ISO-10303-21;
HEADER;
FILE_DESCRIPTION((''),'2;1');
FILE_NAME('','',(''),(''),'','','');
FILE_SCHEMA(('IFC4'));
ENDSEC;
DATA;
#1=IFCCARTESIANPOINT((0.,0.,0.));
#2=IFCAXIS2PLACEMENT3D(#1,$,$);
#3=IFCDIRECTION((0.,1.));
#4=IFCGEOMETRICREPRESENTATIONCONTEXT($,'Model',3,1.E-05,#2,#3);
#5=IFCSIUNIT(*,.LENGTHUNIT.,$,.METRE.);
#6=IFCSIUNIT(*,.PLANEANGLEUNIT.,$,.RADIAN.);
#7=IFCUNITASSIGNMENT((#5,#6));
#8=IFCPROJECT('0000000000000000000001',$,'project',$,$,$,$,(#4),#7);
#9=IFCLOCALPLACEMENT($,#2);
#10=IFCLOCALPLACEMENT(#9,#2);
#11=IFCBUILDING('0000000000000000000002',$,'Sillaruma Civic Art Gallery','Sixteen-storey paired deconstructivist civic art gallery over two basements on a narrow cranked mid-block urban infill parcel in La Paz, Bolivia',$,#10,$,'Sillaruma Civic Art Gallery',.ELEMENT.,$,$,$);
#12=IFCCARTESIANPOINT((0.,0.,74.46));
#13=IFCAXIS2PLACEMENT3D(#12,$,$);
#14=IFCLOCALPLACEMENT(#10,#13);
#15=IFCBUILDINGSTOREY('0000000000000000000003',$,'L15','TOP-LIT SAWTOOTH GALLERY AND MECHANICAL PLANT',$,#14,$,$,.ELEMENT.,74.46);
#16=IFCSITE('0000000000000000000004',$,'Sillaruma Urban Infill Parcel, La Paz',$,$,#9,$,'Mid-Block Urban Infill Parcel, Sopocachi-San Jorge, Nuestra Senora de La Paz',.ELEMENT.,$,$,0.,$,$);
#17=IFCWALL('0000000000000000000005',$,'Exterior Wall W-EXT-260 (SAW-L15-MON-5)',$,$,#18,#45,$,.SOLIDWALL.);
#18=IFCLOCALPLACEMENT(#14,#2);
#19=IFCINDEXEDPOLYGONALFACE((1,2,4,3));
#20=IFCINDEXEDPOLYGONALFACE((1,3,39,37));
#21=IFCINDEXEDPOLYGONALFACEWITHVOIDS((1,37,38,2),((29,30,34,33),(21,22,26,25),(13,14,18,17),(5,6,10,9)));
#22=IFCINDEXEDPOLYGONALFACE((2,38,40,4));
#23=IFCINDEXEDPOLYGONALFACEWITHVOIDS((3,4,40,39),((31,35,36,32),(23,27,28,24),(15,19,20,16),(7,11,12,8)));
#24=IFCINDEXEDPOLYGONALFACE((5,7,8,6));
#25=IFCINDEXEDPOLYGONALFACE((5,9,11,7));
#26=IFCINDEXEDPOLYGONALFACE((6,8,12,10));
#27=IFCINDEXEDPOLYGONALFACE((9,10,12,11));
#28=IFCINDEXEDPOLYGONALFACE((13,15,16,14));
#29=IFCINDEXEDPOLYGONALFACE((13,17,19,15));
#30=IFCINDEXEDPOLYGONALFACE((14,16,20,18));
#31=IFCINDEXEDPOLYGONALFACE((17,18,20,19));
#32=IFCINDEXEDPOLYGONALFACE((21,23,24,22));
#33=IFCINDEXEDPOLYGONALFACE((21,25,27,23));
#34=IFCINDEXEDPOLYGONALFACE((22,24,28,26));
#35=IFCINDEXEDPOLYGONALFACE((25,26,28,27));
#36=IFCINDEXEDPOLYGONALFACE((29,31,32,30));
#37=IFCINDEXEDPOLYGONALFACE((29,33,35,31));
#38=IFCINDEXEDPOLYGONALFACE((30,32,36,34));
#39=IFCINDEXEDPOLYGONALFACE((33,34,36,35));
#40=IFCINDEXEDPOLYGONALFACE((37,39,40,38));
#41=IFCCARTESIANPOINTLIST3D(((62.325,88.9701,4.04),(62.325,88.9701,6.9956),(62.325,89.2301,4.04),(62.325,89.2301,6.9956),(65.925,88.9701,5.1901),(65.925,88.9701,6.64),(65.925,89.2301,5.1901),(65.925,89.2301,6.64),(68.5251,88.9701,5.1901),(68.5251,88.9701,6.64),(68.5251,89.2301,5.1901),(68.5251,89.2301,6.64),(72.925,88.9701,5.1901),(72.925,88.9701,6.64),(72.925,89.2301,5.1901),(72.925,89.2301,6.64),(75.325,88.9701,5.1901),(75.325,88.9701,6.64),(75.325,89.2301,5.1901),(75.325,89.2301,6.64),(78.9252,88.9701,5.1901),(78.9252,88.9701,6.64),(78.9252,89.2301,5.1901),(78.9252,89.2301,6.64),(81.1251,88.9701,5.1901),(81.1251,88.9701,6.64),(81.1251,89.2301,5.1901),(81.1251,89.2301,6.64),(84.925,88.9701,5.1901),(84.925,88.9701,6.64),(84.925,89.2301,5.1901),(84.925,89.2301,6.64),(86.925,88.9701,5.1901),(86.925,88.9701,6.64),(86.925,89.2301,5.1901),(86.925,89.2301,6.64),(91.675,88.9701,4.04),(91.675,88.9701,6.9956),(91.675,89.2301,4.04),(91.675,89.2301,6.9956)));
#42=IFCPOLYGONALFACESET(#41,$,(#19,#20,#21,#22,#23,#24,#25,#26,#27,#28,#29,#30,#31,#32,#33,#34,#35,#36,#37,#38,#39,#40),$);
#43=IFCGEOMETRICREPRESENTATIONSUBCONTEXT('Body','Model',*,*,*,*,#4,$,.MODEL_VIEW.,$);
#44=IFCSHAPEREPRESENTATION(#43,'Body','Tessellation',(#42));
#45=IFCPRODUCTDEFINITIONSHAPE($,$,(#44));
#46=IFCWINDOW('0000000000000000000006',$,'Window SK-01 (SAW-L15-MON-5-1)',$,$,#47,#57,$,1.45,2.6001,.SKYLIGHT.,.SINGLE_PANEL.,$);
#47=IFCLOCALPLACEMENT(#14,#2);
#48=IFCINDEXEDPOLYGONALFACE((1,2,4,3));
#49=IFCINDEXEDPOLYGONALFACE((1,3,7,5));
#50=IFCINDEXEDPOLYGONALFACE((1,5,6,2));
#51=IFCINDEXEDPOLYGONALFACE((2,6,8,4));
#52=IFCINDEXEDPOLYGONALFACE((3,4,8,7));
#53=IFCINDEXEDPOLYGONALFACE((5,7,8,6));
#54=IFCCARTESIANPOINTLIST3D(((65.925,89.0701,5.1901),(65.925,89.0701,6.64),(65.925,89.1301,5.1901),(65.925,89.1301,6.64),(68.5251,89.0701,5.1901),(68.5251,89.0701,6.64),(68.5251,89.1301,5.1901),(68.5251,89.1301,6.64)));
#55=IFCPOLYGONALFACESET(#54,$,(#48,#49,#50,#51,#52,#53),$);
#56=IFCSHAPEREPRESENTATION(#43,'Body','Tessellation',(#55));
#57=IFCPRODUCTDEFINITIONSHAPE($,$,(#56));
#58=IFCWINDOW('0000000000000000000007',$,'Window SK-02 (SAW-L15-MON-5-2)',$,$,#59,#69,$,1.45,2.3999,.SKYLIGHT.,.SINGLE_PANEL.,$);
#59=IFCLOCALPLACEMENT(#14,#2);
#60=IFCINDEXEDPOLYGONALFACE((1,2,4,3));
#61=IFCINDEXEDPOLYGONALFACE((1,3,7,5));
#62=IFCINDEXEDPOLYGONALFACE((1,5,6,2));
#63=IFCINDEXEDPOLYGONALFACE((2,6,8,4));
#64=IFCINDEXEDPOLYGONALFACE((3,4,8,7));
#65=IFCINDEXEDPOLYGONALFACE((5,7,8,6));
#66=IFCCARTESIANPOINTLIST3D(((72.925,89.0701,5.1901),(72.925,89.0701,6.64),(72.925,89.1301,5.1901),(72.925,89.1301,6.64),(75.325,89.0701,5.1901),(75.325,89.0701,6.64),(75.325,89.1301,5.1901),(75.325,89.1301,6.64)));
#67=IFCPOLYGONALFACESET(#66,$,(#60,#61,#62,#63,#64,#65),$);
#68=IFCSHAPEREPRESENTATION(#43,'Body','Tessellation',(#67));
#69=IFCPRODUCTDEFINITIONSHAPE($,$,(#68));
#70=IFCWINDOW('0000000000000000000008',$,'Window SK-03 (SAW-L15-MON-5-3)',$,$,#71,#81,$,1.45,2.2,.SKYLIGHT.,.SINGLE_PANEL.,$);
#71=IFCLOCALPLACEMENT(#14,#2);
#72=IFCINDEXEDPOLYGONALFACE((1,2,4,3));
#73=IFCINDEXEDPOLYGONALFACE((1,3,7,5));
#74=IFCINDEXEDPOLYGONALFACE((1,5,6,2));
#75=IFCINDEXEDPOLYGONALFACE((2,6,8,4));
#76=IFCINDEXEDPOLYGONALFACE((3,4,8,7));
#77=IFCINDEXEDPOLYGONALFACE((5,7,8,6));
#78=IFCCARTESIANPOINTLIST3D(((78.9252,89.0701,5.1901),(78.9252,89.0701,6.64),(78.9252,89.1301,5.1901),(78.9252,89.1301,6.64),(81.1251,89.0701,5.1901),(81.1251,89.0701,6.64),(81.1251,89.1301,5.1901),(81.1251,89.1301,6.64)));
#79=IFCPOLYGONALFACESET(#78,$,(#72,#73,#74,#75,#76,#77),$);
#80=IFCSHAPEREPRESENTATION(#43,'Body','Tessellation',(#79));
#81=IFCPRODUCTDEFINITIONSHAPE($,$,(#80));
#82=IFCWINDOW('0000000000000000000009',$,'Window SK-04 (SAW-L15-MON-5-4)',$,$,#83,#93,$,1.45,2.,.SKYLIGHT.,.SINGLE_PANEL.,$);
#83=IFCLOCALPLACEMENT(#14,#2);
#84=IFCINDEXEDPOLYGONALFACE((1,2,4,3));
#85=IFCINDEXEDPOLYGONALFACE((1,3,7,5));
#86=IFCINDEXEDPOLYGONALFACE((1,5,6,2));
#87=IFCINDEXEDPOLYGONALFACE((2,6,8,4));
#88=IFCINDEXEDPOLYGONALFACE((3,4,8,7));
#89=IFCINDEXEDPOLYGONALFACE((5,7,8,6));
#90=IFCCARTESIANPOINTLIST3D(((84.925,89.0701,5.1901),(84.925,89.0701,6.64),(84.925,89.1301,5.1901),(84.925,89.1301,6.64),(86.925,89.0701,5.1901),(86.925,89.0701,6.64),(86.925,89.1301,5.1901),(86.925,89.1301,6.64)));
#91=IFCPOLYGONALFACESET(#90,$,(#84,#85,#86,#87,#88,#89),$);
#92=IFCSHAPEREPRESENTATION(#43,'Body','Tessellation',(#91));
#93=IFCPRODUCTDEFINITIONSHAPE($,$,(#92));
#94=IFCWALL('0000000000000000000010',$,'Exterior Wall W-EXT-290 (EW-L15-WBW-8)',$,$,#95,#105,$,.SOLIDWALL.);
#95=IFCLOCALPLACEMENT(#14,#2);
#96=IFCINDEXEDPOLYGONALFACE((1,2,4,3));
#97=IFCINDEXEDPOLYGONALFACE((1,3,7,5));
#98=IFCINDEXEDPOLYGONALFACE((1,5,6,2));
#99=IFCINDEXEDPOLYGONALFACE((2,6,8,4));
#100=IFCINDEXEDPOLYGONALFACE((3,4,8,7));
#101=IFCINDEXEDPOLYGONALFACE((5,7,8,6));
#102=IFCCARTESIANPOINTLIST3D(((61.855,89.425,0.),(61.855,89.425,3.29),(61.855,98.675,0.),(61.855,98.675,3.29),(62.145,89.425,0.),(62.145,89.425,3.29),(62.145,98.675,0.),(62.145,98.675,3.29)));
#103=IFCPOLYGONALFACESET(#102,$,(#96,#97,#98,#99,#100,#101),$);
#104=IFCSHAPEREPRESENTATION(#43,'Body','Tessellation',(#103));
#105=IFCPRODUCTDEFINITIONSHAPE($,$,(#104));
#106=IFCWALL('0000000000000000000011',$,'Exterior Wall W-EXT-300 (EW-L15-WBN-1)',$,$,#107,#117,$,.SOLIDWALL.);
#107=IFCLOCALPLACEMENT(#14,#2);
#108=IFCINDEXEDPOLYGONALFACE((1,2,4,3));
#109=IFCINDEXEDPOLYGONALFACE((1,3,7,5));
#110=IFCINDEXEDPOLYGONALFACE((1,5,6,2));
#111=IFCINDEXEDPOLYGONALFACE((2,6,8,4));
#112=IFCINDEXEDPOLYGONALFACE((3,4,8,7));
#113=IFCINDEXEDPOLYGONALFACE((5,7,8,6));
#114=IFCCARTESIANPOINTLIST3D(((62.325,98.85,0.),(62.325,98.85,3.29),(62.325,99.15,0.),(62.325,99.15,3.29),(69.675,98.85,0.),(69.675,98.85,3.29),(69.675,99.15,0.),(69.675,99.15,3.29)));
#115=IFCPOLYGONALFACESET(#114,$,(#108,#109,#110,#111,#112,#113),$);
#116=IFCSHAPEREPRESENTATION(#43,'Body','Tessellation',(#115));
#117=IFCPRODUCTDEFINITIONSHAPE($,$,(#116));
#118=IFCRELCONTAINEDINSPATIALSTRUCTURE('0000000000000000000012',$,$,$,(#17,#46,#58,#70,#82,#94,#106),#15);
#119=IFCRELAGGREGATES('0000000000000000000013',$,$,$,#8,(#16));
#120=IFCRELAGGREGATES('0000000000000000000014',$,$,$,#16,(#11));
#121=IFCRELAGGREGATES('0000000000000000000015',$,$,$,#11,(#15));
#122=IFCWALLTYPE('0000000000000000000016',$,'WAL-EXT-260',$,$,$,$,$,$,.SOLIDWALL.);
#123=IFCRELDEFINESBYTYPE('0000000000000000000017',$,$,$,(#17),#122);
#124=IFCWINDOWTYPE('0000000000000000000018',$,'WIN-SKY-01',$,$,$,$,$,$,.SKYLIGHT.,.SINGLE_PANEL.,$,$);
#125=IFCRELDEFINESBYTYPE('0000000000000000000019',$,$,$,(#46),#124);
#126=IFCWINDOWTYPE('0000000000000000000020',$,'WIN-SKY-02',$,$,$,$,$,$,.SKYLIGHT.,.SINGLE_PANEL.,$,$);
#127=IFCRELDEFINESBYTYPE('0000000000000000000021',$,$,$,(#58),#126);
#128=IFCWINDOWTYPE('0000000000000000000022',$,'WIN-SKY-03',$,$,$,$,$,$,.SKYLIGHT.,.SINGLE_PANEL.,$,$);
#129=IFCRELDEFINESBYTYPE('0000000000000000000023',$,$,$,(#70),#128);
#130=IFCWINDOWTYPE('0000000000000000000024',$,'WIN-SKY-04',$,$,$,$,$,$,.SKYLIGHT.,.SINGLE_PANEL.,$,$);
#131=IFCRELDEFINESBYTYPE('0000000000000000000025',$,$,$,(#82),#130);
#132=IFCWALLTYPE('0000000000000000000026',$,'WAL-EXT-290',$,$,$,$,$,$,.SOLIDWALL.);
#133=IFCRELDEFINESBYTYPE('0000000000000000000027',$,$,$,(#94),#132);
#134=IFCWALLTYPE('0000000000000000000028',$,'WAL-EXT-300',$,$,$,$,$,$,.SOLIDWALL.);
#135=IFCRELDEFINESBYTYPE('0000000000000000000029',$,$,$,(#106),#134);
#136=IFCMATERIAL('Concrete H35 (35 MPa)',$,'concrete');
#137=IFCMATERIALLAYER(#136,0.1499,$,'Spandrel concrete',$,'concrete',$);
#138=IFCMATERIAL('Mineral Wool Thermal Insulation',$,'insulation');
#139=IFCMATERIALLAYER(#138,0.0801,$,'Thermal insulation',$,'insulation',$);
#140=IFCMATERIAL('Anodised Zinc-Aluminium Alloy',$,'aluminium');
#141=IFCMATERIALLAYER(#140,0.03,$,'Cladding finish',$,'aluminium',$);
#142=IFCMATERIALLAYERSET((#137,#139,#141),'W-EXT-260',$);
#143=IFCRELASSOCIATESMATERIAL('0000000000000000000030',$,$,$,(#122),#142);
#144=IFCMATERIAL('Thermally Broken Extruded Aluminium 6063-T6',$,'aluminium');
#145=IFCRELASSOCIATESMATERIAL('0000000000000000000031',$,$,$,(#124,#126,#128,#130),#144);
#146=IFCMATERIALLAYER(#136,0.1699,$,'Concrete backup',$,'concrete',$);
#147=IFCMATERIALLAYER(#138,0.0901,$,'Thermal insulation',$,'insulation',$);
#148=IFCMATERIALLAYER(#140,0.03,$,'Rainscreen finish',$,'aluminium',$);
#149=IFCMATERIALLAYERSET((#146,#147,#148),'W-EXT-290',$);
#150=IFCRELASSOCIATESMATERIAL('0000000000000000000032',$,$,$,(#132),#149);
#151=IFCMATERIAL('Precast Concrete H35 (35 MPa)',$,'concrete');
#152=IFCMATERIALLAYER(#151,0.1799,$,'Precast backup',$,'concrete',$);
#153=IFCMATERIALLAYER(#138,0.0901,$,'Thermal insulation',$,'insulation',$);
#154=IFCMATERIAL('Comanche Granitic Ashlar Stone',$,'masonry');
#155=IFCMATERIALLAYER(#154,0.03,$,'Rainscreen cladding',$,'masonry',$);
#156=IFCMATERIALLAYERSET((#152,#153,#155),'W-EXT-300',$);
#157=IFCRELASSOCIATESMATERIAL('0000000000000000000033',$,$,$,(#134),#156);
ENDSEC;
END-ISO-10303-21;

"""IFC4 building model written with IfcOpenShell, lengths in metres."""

from ifc_helpers import new_model, si_unit, direction, frame, frame_2d, origin, place, context, subcontext, project, spatial, rectangle, extrude, material, layer, layer_set, type_object, element, fill, save


model = new_model("IFC4")

# Units and contexts
model_context = context("Model", 3, precision=1e-05, world=origin(), true_north=direction((0.0, 1.0)))
body_context = subcontext(model_context, "Body", "Model", "MODEL_VIEW")
ifc_project = project(units=[si_unit("LENGTHUNIT", "METRE"), si_unit("PLANEANGLEUNIT", "RADIAN")], contexts=[model_context])

# Site, building, storey
site_placement = place(None, origin())
site = spatial("IfcSite", under=ifc_project, at=site_placement, Name="Sillaruma Urban Infill Parcel, La Paz", LongName="Mid-Block Urban Infill Parcel, Sopocachi-San Jorge, Nuestra Senora de La Paz", CompositionType="ELEMENT", RefElevation=0.0)
building_placement = place(site_placement, origin())
building = spatial("IfcBuilding", under=site, at=building_placement, Name="Sillaruma Civic Art Gallery", Description="Sixteen-storey paired deconstructivist civic art gallery over two basements on a narrow cranked mid-block urban infill parcel in La Paz, Bolivia", LongName="Sillaruma Civic Art Gallery", CompositionType="ELEMENT")
storey_placement = place(building_placement, frame((0.0, 0.0, 74.46)))
storey = spatial("IfcBuildingStorey", under=building, at=storey_placement, Name="L15", Description="TOP-LIT SAWTOOTH GALLERY AND MECHANICAL PLANT", CompositionType="ELEMENT", Elevation=74.46)

# Shared definitions
ifc_material_1 = material(Name="Concrete H35 (35 MPa)", Category="concrete")

# Shared definitions
ifc_layer_1 = layer(ifc_material_1, 0.1499, Name="Spandrel concrete", Category="concrete")
ifc_material_2 = material(Name="Mineral Wool Thermal Insulation", Category="insulation")
ifc_layer_2 = layer(ifc_material_2, 0.0801, Name="Thermal insulation", Category="insulation")
ifc_material_3 = material(Name="Anodised Zinc-Aluminium Alloy", Category="aluminium")
ifc_layer_3 = layer(ifc_material_3, 0.03, Name="Cladding finish", Category="aluminium")
ifc_layer_set_1 = layer_set([ifc_layer_1, ifc_layer_2, ifc_layer_3], Name="W-EXT-260")
wall_type_1 = type_object("IfcWallType", Name="WAL-EXT-260", PredefinedType="SOLIDWALL", material=ifc_layer_set_1)

# Wall, openings, windows
wall_1_placement = place(storey_placement, frame((62.325, 89.1001, 4.04), z_axis=(0.0, 0.0, 1.0), x_axis=(1.0, 0.0, 0.0)))
wall_1 = element("IfcWall", 1, at=wall_1_placement, inside=storey, type_object=wall_type_1, Name="Exterior Wall W-EXT-260 (SAW-L15-MON-5)", PredefinedType="SOLIDWALL", context=body_context, shape_type="SweptSolid", body=[
    extrude(rectangle(XDim=29.3501, YDim=0.26, at=frame_2d((14.675, 0.0))), origin(), (0.0, 0.0, 1.0), 2.9556),
])
opening_1_placement = place(wall_1_placement, frame((3.6001, 0.0, 1.1499)))
opening_1 = element("IfcOpeningElement", 2, at=opening_1_placement, cuts=wall_1, PredefinedType="OPENING", context=body_context, shape_type="SweptSolid", body=[
    extrude(rectangle(XDim=2.6001, YDim=1.45, at=frame_2d((1.3, 0.7251))), frame((0.0, 0.1399, 0.0), z_axis=(0.0, -1.0, 0.0), x_axis=(1.0, 0.0, 0.0)), (0.0, 0.0, 1.0), 0.28),
])
opening_2_placement = place(wall_1_placement, frame((10.6001, 0.0, 1.1499)))
opening_2 = element("IfcOpeningElement", 3, at=opening_2_placement, cuts=wall_1, PredefinedType="OPENING", context=body_context, shape_type="SweptSolid", body=[
    extrude(rectangle(XDim=2.3999, YDim=1.45, at=frame_2d((1.2, 0.7251))), frame((0.0, 0.1399, 0.0), z_axis=(0.0, -1.0, 0.0), x_axis=(1.0, 0.0, 0.0)), (0.0, 0.0, 1.0), 0.28),
])
opening_3_placement = place(wall_1_placement, frame((16.6001, 0.0, 1.1499)))
opening_3 = element("IfcOpeningElement", 4, at=opening_3_placement, cuts=wall_1, PredefinedType="OPENING", context=body_context, shape_type="SweptSolid", body=[
    extrude(rectangle(XDim=2.2, YDim=1.45, at=frame_2d((1.1001, 0.7251))), frame((0.0, 0.1399, 0.0), z_axis=(0.0, -1.0, 0.0), x_axis=(1.0, 0.0, 0.0)), (0.0, 0.0, 1.0), 0.28),
])
opening_4_placement = place(wall_1_placement, frame((22.6001, 0.0, 1.1499)))
opening_4 = element("IfcOpeningElement", 5, at=opening_4_placement, cuts=wall_1, PredefinedType="OPENING", context=body_context, shape_type="SweptSolid", body=[
    extrude(rectangle(XDim=2.0, YDim=1.45, at=frame_2d((1.0, 0.7251))), frame((0.0, 0.1399, 0.0), z_axis=(0.0, -1.0, 0.0), x_axis=(1.0, 0.0, 0.0)), (0.0, 0.0, 1.0), 0.28),
])
ifc_material_4 = material(Name="Thermally Broken Extruded Aluminium 6063-T6", Category="aluminium")
window_type_1 = type_object("IfcWindowType", Name="WIN-SKY-01", PartitioningType="SINGLE_PANEL", PredefinedType="SKYLIGHT", material=ifc_material_4)
window_1_placement = place(opening_1_placement, origin())
window_1 = element("IfcWindow", 6, at=window_1_placement, inside=storey, type_object=window_type_1, Name="Window SK-01 (SAW-L15-MON-5-1)", OverallHeight=1.45, OverallWidth=2.6001, PartitioningType="SINGLE_PANEL", PredefinedType="SKYLIGHT", context=body_context, shape_type="SweptSolid", body=[
    extrude(rectangle(XDim=2.6001, YDim=1.45, at=frame_2d((1.3, 0.7251))), frame((0.0, 0.03, 0.0), z_axis=(0.0, -1.0, 0.0), x_axis=(1.0, 0.0, 0.0)), (0.0, 0.0, 1.0), 0.0601),
])
fill(opening_1, window_1)
window_type_2 = type_object("IfcWindowType", Name="WIN-SKY-02", PartitioningType="SINGLE_PANEL", PredefinedType="SKYLIGHT", material=ifc_material_4)
window_2_placement = place(opening_2_placement, origin())
window_2 = element("IfcWindow", 7, at=window_2_placement, inside=storey, type_object=window_type_2, Name="Window SK-02 (SAW-L15-MON-5-2)", OverallHeight=1.45, OverallWidth=2.3999, PartitioningType="SINGLE_PANEL", PredefinedType="SKYLIGHT", context=body_context, shape_type="SweptSolid", body=[
    extrude(rectangle(XDim=2.3999, YDim=1.45, at=frame_2d((1.2, 0.7251))), frame((0.0, 0.03, 0.0), z_axis=(0.0, -1.0, 0.0), x_axis=(1.0, 0.0, 0.0)), (0.0, 0.0, 1.0), 0.0601),
])
fill(opening_2, window_2)
window_type_3 = type_object("IfcWindowType", Name="WIN-SKY-03", PartitioningType="SINGLE_PANEL", PredefinedType="SKYLIGHT", material=ifc_material_4)
window_3_placement = place(opening_3_placement, origin())
window_3 = element("IfcWindow", 8, at=window_3_placement, inside=storey, type_object=window_type_3, Name="Window SK-03 (SAW-L15-MON-5-3)", OverallHeight=1.45, OverallWidth=2.2, PartitioningType="SINGLE_PANEL", PredefinedType="SKYLIGHT", context=body_context, shape_type="SweptSolid", body=[
    extrude(rectangle(XDim=2.2, YDim=1.45, at=frame_2d((1.1001, 0.7251))), frame((0.0, 0.03, 0.0), z_axis=(0.0, -1.0, 0.0), x_axis=(1.0, 0.0, 0.0)), (0.0, 0.0, 1.0), 0.0601),
])
fill(opening_3, window_3)
window_type_4 = type_object("IfcWindowType", Name="WIN-SKY-04", PartitioningType="SINGLE_PANEL", PredefinedType="SKYLIGHT", material=ifc_material_4)
window_4_placement = place(opening_4_placement, origin())
window_4 = element("IfcWindow", 9, at=window_4_placement, inside=storey, type_object=window_type_4, Name="Window SK-04 (SAW-L15-MON-5-4)", OverallHeight=1.45, OverallWidth=2.0, PartitioningType="SINGLE_PANEL", PredefinedType="SKYLIGHT", context=body_context, shape_type="SweptSolid", body=[
    extrude(rectangle(XDim=2.0, YDim=1.45, at=frame_2d((1.0, 0.7251))), frame((0.0, 0.03, 0.0), z_axis=(0.0, -1.0, 0.0), x_axis=(1.0, 0.0, 0.0)), (0.0, 0.0, 1.0), 0.0601),
])
fill(opening_4, window_4)

# Walls
ifc_layer_4 = layer(ifc_material_1, 0.1699, Name="Concrete backup", Category="concrete")
ifc_layer_5 = layer(ifc_material_2, 0.0901, Name="Thermal insulation", Category="insulation")
ifc_layer_6 = layer(ifc_material_3, 0.03, Name="Rainscreen finish", Category="aluminium")
ifc_layer_set_2 = layer_set([ifc_layer_4, ifc_layer_5, ifc_layer_6], Name="W-EXT-290")
wall_type_2 = type_object("IfcWallType", Name="WAL-EXT-290", PredefinedType="SOLIDWALL", material=ifc_layer_set_2)
wall_2_placement = place(storey_placement, frame((62.0, 89.425, 0.0), z_axis=(0.0, 0.0, 1.0), x_axis=(0.0, 1.0, 0.0)))
element("IfcWall", 10, at=wall_2_placement, inside=storey, type_object=wall_type_2, Name="Exterior Wall W-EXT-290 (EW-L15-WBW-8)", PredefinedType="SOLIDWALL", context=body_context, shape_type="SweptSolid", body=[
    extrude(rectangle(XDim=9.25, YDim=0.29, at=frame_2d((4.625, 0.0))), origin(), (0.0, 0.0, 1.0), 3.29),
])
ifc_material_5 = material(Name="Precast Concrete H35 (35 MPa)", Category="concrete")
ifc_layer_7 = layer(ifc_material_5, 0.1799, Name="Precast backup", Category="concrete")
ifc_layer_8 = layer(ifc_material_2, 0.0901, Name="Thermal insulation", Category="insulation")
ifc_material_6 = material(Name="Comanche Granitic Ashlar Stone", Category="masonry")
ifc_layer_9 = layer(ifc_material_6, 0.03, Name="Rainscreen cladding", Category="masonry")
ifc_layer_set_3 = layer_set([ifc_layer_7, ifc_layer_8, ifc_layer_9], Name="W-EXT-300")
wall_type_3 = type_object("IfcWallType", Name="WAL-EXT-300", PredefinedType="SOLIDWALL", material=ifc_layer_set_3)
wall_3_placement = place(storey_placement, frame((62.325, 99.0, 0.0), z_axis=(0.0, 0.0, 1.0), x_axis=(1.0, 0.0, 0.0)))
element("IfcWall", 11, at=wall_3_placement, inside=storey, type_object=wall_type_3, Name="Exterior Wall W-EXT-300 (EW-L15-WBN-1)", PredefinedType="SOLIDWALL", context=body_context, shape_type="SweptSolid", body=[
    extrude(rectangle(XDim=7.3501, YDim=0.3, at=frame_2d((3.675, 0.0))), origin(), (0.0, 0.0, 1.0), 3.29),
])

save(model, "model.ifc")
